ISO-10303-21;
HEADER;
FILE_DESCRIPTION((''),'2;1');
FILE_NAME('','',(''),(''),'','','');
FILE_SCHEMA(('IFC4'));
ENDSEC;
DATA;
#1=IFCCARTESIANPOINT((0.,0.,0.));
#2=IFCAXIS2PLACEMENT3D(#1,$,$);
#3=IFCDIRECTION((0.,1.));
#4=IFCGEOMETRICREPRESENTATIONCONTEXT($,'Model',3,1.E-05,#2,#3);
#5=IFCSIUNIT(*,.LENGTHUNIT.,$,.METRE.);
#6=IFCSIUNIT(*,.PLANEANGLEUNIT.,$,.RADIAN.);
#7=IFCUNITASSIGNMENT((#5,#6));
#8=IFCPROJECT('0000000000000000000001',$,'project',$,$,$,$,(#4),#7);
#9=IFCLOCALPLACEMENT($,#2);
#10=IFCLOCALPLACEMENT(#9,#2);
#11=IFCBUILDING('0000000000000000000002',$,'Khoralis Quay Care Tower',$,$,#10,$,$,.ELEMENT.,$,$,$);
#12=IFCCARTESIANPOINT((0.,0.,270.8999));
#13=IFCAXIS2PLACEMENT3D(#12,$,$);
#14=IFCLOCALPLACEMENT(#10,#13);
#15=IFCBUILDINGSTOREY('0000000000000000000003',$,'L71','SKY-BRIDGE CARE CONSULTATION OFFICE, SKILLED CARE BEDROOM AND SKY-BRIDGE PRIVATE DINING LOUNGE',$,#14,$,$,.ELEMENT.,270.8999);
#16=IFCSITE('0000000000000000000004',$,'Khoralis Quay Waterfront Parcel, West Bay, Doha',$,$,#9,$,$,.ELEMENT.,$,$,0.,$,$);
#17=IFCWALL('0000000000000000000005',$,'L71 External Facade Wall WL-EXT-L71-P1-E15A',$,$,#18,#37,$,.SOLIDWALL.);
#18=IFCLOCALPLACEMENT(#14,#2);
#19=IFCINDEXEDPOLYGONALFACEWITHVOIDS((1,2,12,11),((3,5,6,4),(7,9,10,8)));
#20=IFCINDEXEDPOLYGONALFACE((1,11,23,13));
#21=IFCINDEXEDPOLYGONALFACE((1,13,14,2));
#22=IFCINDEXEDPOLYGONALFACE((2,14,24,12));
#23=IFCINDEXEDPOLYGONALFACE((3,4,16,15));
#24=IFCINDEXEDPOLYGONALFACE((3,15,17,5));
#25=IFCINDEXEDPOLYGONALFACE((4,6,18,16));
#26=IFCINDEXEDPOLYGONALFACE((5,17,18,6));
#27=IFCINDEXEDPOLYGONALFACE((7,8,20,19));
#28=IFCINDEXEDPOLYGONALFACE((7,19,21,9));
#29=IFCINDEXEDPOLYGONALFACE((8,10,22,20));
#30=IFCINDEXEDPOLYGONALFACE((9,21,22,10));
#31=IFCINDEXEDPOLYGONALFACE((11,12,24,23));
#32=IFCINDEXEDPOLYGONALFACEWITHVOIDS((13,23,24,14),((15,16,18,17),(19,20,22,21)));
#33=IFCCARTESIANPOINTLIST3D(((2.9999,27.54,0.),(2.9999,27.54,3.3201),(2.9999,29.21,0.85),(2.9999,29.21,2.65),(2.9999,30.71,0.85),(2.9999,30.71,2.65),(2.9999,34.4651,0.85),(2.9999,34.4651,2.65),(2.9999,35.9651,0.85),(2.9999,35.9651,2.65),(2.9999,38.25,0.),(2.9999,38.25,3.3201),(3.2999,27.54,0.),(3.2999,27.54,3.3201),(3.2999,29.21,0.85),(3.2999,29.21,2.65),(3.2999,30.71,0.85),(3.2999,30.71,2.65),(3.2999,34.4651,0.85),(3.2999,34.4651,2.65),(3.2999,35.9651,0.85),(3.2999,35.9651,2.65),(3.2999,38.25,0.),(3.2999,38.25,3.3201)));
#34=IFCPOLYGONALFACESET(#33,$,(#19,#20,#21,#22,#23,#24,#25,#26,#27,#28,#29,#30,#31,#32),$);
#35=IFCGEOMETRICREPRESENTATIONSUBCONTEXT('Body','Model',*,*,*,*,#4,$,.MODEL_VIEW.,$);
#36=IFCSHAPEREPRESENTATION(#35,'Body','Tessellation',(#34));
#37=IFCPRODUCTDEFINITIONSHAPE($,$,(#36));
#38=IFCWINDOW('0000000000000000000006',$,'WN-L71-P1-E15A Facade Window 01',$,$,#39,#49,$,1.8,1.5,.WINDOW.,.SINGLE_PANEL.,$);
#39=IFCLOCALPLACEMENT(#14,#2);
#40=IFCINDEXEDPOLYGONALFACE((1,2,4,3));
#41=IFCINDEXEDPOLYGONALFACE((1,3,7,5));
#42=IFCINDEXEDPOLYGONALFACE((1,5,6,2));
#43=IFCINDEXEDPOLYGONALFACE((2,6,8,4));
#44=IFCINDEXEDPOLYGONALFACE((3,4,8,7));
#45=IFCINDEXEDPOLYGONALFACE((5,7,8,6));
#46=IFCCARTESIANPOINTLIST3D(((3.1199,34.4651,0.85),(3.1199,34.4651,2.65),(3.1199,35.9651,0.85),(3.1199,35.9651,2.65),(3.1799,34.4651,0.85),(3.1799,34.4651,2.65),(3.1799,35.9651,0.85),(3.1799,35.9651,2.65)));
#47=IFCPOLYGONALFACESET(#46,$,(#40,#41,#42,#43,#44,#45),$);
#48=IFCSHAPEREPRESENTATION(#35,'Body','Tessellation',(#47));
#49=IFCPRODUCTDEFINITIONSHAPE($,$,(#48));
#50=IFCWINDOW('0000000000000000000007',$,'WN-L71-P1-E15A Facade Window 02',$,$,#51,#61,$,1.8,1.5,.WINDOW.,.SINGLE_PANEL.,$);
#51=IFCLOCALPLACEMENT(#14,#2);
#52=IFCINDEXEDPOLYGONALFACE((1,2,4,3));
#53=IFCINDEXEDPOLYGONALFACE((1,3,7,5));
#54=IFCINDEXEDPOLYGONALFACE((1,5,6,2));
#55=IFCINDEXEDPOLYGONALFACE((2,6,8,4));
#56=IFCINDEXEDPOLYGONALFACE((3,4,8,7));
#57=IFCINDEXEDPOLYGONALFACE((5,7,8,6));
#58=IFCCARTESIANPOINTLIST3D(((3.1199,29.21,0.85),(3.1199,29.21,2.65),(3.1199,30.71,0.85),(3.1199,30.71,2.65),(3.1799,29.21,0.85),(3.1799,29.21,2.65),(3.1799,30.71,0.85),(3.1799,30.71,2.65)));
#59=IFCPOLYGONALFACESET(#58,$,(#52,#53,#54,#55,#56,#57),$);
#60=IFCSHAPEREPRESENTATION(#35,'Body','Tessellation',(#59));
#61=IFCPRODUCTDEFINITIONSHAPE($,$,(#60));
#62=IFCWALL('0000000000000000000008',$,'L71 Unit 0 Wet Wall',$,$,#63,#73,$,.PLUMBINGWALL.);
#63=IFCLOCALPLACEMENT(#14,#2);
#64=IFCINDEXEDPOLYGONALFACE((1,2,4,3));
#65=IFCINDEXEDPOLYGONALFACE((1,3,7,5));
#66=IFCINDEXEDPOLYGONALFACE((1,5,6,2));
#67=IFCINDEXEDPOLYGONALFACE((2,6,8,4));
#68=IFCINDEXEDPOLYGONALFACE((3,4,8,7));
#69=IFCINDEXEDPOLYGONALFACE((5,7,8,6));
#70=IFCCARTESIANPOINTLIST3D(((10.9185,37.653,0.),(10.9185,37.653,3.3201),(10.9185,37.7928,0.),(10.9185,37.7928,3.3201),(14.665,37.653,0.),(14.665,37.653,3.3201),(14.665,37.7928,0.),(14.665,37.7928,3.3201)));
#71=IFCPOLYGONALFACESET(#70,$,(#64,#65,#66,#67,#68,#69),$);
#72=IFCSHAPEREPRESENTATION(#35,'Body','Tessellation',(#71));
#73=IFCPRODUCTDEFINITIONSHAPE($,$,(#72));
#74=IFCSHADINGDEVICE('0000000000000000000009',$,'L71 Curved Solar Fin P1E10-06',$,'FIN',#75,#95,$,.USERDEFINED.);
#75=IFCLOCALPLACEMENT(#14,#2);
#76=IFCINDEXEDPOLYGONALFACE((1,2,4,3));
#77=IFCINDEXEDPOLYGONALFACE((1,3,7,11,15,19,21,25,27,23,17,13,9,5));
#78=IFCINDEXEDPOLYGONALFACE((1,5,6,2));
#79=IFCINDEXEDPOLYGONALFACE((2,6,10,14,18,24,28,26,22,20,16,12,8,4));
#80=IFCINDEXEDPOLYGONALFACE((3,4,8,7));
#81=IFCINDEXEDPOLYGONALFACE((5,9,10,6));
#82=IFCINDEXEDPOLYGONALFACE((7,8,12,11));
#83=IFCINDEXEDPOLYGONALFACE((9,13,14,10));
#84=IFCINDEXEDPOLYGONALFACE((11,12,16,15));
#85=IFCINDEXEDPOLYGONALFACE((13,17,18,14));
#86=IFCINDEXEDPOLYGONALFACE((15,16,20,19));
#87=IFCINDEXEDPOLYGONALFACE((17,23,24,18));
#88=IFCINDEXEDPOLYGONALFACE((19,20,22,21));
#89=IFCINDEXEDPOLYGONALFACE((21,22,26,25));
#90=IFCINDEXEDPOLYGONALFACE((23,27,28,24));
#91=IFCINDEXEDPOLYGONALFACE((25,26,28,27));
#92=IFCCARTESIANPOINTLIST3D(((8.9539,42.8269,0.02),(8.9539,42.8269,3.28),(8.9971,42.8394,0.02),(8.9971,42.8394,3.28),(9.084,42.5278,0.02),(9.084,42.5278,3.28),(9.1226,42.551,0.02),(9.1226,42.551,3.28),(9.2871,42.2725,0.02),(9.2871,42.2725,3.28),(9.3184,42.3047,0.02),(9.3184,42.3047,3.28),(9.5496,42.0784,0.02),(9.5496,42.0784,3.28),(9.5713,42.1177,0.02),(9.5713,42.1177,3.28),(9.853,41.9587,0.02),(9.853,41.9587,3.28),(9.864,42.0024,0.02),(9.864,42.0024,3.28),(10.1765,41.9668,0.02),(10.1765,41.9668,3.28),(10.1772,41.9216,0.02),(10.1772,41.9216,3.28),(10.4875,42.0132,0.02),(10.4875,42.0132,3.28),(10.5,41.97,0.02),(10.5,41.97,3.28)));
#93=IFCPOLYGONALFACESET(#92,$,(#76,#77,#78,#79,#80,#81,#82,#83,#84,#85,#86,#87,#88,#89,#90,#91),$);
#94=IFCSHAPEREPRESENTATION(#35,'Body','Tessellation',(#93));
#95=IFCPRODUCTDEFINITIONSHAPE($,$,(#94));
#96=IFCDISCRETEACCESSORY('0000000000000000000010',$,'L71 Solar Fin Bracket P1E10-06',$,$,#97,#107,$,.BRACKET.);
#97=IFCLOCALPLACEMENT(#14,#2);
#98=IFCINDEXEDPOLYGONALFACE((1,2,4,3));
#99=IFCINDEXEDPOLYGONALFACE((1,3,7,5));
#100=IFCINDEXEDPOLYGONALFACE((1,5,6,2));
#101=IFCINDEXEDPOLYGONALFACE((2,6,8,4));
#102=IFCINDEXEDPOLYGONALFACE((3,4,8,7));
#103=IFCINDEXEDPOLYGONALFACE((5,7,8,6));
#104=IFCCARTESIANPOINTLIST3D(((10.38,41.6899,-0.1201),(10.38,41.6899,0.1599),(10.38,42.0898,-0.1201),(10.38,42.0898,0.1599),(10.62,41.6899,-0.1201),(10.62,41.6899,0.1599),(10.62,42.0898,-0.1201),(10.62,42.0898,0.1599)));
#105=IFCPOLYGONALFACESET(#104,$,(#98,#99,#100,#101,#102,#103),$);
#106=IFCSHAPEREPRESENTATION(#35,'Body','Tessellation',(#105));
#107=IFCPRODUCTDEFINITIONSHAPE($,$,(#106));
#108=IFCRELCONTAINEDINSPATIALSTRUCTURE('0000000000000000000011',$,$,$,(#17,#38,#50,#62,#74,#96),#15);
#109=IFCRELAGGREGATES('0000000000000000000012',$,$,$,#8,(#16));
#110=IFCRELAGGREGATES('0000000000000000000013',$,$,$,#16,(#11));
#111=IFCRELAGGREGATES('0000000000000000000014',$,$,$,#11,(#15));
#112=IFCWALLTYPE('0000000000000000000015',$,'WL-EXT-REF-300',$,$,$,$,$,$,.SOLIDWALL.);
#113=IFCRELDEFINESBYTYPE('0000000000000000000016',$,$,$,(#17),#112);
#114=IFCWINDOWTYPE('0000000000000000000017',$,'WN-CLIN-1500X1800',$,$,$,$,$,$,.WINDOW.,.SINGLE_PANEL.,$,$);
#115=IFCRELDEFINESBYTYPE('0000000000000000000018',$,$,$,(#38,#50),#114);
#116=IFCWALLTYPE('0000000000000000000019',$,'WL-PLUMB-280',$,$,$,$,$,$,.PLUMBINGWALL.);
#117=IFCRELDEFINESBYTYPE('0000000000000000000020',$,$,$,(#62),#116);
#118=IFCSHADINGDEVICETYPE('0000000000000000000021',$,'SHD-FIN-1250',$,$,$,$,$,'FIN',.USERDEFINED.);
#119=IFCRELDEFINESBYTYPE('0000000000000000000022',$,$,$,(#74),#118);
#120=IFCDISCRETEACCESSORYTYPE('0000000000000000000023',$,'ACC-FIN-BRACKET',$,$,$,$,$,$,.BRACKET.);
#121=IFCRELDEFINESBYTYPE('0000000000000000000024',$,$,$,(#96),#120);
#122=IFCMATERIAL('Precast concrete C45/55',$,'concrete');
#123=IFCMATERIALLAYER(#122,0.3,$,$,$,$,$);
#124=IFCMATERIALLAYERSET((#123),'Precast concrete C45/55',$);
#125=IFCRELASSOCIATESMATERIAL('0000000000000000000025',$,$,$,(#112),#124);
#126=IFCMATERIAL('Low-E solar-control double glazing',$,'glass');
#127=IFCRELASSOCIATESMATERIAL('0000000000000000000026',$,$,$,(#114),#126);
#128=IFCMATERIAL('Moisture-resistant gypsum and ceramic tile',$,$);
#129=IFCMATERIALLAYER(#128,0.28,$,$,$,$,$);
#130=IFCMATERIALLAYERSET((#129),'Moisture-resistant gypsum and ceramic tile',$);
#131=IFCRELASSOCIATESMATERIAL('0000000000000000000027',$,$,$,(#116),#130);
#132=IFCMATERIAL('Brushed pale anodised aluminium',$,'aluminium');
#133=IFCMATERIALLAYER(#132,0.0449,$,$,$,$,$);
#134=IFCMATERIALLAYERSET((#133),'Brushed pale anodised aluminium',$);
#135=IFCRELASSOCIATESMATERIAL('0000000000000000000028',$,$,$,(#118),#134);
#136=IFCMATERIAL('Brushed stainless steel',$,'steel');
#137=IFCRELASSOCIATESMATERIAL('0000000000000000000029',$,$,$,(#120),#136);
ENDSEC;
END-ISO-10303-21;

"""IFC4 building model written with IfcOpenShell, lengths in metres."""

from ifc_helpers import new_model, si_unit, direction, frame, frame_2d, origin, origin_2d, place, context, subcontext, project, spatial, polyline, rectangle, outline, extrude, source, transform, mapped, material, layer, layer_set, type_object, element, fill, save


model = new_model("IFC4")

# Units and contexts
model_context = context("Model", 3, precision=1e-05, world=origin(), true_north=direction((0.0, 1.0)))
body_context = subcontext(model_context, "Body", "Model", "MODEL_VIEW")
ifc_project = project(units=[si_unit("LENGTHUNIT", "METRE"), si_unit("PLANEANGLEUNIT", "RADIAN")], contexts=[model_context])

# Site, building, storey
site_placement = place(None, origin())
site = spatial("IfcSite", under=ifc_project, at=site_placement, Name="Khoralis Quay Waterfront Parcel, West Bay, Doha", CompositionType="ELEMENT", RefElevation=0.0)
building_placement = place(site_placement, origin())
building = spatial("IfcBuilding", under=site, at=building_placement, Name="Khoralis Quay Care Tower", CompositionType="ELEMENT")
storey_placement = place(building_placement, frame((0.0, 0.0, 270.8999)))
storey = spatial("IfcBuildingStorey", under=building, at=storey_placement, Name="L71", Description="SKY-BRIDGE CARE CONSULTATION OFFICE, SKILLED CARE BEDROOM AND SKY-BRIDGE PRIVATE DINING LOUNGE", CompositionType="ELEMENT", Elevation=270.8999)

# Shared definitions
ifc_material_1 = material(Name="Precast concrete C45/55", Category="concrete")
ifc_layer_1 = layer(ifc_material_1, 0.3)
ifc_layer_set_1 = layer_set([ifc_layer_1], Name="Precast concrete C45/55")
wall_type_1 = type_object("IfcWallType", Name="WL-EXT-REF-300", PredefinedType="SOLIDWALL", material=ifc_layer_set_1)

# Wall, openings, windows
wall_1_placement = place(storey_placement, frame((3.1499, 38.25, 0.0), z_axis=(0.0, 0.0, 1.0), x_axis=(0.0, -1.0, 0.0)))
wall_1 = element("IfcWall", 1, at=wall_1_placement, inside=storey, type_object=wall_type_1, Name="L71 External Facade Wall WL-EXT-L71-P1-E15A", PredefinedType="SOLIDWALL", context=body_context, shape_type="SweptSolid", body=[
    extrude(rectangle(XDim=10.71, YDim=0.3, at=frame_2d((5.355, 0.0))), origin(), (0.0, 0.0, 1.0), 3.3201),
])
opening_1_placement = place(wall_1_placement, frame((2.2849, 0.0, 0.8501)))
opening_1 = element("IfcOpeningElement", 2, at=opening_1_placement, cuts=wall_1, PredefinedType="OPENING", context=body_context, shape_type="SweptSolid", body=[
    extrude(rectangle(XDim=1.5, YDim=1.8, at=frame_2d((0.75, 0.8999))), frame((0.0, 0.1602, 0.0), z_axis=(0.0, -1.0, 0.0), x_axis=(1.0, 0.0, 0.0)), (0.0, 0.0, 1.0), 0.3201),
])
opening_2_placement = place(wall_1_placement, frame((7.54, 0.0, 0.8501)))
opening_2 = element("IfcOpeningElement", 3, at=opening_2_placement, cuts=wall_1, PredefinedType="OPENING", context=body_context, shape_type="SweptSolid", body=[
    extrude(rectangle(XDim=1.5, YDim=1.8, at=frame_2d((0.75, 0.8999))), frame((0.0, 0.1602, 0.0), z_axis=(0.0, -1.0, 0.0), x_axis=(1.0, 0.0, 0.0)), (0.0, 0.0, 1.0), 0.3201),
])
ifc_material_2 = material(Name="Low-E solar-control double glazing", Category="glass")
window_type = type_object("IfcWindowType", Name="WN-CLIN-1500X1800", PartitioningType="SINGLE_PANEL", PredefinedType="WINDOW", material=ifc_material_2)
shared_shape_1 = source(origin(), body_context, "Body", "SweptSolid", [
    extrude(rectangle(XDim=1.5, YDim=1.8, at=frame_2d((0.75, 0.8999))), frame((0.0, 0.03, 0.0), z_axis=(0.0, -1.0, 0.0), x_axis=(1.0, 0.0, 0.0)), (0.0, 0.0, 1.0), 0.0601),
])
window_1_placement = place(opening_1_placement, origin())
window_1 = element("IfcWindow", 4, at=window_1_placement, inside=storey, type_object=window_type, Name="WN-L71-P1-E15A Facade Window 01", OverallHeight=1.8, OverallWidth=1.5, PartitioningType="SINGLE_PANEL", PredefinedType="WINDOW", context=body_context, shape_type="MappedRepresentation", body=[
    mapped(shared_shape_1, transform((0.0, 0.0, 0.0), scale=1.0)),
])
fill(opening_1, window_1)
window_2_placement = place(opening_2_placement, origin())
window_2 = element("IfcWindow", 5, at=window_2_placement, inside=storey, type_object=window_type, Name="WN-L71-P1-E15A Facade Window 02", OverallHeight=1.8, OverallWidth=1.5, PartitioningType="SINGLE_PANEL", PredefinedType="WINDOW", context=body_context, shape_type="MappedRepresentation", body=[
    mapped(shared_shape_1, transform((0.0, 0.0, 0.0), scale=1.0)),
])
fill(opening_2, window_2)

# Wall
ifc_material_3 = material(Name="Moisture-resistant gypsum and ceramic tile")
ifc_layer_2 = layer(ifc_material_3, 0.28)
ifc_layer_set_2 = layer_set([ifc_layer_2], Name="Moisture-resistant gypsum and ceramic tile")
wall_type_2 = type_object("IfcWallType", Name="WL-PLUMB-280", PredefinedType="PLUMBINGWALL", material=ifc_layer_set_2)
wall_2_placement = place(storey_placement, frame((10.9185, 37.7229, 0.0), z_axis=(0.0, 0.0, 1.0), x_axis=(1.0, 0.0, 0.0)))
element("IfcWall", 6, at=wall_2_placement, inside=storey, type_object=wall_type_2, Name="L71 Unit 0 Wet Wall", PredefinedType="PLUMBINGWALL", context=body_context, shape_type="SweptSolid", body=[
    extrude(rectangle(XDim=3.7466, YDim=0.1399, at=frame_2d((1.8733, 0.0))), origin(), (0.0, 0.0, 1.0), 3.3201),
])

# Shading device
ifc_material_4 = material(Name="Brushed pale anodised aluminium", Category="aluminium")
ifc_layer_3 = layer(ifc_material_4, 0.0449)
ifc_layer_set_3 = layer_set([ifc_layer_3], Name="Brushed pale anodised aluminium")
shading_device_type = type_object("IfcShadingDeviceType", Name="SHD-FIN-1250", ElementType="FIN", PredefinedType="USERDEFINED", material=ifc_layer_set_3)
shared_shape_2 = source(origin(), body_context, "Body", "SweptSolid", [
    extrude(outline(polyline([(0.0, 0.0), (-0.0483, 0.3228), (-0.0112, 0.647), (0.1084, 0.9504), (0.3025, 1.2129), (0.5579, 1.416), (0.8569, 1.5461), (0.8694, 1.5029), (0.5811, 1.3774), (0.3347, 1.1816), (0.1477, 0.9287), (0.0325, 0.636), (-0.0032, 0.3235), (0.0432, 0.0125), (0.0, 0.0)])), origin(), (0.0, 0.0, 1.0), 3.26),
])
shading_device_placement = place(storey_placement, frame((10.5, 41.97, 0.02), z_axis=(0.0, 0.0, 1.0), x_axis=(0.0, 1.0, 0.0)))
element("IfcShadingDevice", 7, at=shading_device_placement, inside=storey, type_object=shading_device_type, Name="L71 Curved Solar Fin P1E10-06", ObjectType="FIN", PredefinedType="USERDEFINED", context=body_context, shape_type="MappedRepresentation", body=[
    mapped(shared_shape_2, transform((0.0, 0.0, 0.0), scale=1.0)),
])

# Discrete accessory
ifc_material_5 = material(Name="Brushed stainless steel", Category="steel")
discrete_accessory_type = type_object("IfcDiscreteAccessoryType", Name="ACC-FIN-BRACKET", PredefinedType="BRACKET", material=ifc_material_5)
shared_shape_3 = source(origin(), body_context, "Body", "SweptSolid", [
    extrude(rectangle(XDim=0.3999, YDim=0.24, at=origin_2d()), origin(), (0.0, 0.0, 1.0), 0.28),
])
discrete_accessory_placement = place(storey_placement, frame((10.5, 41.8899, -0.1201), z_axis=(0.0, 0.0, 1.0), x_axis=(0.0, 1.0, 0.0)))
element("IfcDiscreteAccessory", 8, at=discrete_accessory_placement, inside=storey, type_object=discrete_accessory_type, Name="L71 Solar Fin Bracket P1E10-06", PredefinedType="BRACKET", context=body_context, shape_type="MappedRepresentation", body=[
    mapped(shared_shape_3, transform((0.0, 0.0, 0.0), scale=1.0)),
])

save(model, "model.ifc")
